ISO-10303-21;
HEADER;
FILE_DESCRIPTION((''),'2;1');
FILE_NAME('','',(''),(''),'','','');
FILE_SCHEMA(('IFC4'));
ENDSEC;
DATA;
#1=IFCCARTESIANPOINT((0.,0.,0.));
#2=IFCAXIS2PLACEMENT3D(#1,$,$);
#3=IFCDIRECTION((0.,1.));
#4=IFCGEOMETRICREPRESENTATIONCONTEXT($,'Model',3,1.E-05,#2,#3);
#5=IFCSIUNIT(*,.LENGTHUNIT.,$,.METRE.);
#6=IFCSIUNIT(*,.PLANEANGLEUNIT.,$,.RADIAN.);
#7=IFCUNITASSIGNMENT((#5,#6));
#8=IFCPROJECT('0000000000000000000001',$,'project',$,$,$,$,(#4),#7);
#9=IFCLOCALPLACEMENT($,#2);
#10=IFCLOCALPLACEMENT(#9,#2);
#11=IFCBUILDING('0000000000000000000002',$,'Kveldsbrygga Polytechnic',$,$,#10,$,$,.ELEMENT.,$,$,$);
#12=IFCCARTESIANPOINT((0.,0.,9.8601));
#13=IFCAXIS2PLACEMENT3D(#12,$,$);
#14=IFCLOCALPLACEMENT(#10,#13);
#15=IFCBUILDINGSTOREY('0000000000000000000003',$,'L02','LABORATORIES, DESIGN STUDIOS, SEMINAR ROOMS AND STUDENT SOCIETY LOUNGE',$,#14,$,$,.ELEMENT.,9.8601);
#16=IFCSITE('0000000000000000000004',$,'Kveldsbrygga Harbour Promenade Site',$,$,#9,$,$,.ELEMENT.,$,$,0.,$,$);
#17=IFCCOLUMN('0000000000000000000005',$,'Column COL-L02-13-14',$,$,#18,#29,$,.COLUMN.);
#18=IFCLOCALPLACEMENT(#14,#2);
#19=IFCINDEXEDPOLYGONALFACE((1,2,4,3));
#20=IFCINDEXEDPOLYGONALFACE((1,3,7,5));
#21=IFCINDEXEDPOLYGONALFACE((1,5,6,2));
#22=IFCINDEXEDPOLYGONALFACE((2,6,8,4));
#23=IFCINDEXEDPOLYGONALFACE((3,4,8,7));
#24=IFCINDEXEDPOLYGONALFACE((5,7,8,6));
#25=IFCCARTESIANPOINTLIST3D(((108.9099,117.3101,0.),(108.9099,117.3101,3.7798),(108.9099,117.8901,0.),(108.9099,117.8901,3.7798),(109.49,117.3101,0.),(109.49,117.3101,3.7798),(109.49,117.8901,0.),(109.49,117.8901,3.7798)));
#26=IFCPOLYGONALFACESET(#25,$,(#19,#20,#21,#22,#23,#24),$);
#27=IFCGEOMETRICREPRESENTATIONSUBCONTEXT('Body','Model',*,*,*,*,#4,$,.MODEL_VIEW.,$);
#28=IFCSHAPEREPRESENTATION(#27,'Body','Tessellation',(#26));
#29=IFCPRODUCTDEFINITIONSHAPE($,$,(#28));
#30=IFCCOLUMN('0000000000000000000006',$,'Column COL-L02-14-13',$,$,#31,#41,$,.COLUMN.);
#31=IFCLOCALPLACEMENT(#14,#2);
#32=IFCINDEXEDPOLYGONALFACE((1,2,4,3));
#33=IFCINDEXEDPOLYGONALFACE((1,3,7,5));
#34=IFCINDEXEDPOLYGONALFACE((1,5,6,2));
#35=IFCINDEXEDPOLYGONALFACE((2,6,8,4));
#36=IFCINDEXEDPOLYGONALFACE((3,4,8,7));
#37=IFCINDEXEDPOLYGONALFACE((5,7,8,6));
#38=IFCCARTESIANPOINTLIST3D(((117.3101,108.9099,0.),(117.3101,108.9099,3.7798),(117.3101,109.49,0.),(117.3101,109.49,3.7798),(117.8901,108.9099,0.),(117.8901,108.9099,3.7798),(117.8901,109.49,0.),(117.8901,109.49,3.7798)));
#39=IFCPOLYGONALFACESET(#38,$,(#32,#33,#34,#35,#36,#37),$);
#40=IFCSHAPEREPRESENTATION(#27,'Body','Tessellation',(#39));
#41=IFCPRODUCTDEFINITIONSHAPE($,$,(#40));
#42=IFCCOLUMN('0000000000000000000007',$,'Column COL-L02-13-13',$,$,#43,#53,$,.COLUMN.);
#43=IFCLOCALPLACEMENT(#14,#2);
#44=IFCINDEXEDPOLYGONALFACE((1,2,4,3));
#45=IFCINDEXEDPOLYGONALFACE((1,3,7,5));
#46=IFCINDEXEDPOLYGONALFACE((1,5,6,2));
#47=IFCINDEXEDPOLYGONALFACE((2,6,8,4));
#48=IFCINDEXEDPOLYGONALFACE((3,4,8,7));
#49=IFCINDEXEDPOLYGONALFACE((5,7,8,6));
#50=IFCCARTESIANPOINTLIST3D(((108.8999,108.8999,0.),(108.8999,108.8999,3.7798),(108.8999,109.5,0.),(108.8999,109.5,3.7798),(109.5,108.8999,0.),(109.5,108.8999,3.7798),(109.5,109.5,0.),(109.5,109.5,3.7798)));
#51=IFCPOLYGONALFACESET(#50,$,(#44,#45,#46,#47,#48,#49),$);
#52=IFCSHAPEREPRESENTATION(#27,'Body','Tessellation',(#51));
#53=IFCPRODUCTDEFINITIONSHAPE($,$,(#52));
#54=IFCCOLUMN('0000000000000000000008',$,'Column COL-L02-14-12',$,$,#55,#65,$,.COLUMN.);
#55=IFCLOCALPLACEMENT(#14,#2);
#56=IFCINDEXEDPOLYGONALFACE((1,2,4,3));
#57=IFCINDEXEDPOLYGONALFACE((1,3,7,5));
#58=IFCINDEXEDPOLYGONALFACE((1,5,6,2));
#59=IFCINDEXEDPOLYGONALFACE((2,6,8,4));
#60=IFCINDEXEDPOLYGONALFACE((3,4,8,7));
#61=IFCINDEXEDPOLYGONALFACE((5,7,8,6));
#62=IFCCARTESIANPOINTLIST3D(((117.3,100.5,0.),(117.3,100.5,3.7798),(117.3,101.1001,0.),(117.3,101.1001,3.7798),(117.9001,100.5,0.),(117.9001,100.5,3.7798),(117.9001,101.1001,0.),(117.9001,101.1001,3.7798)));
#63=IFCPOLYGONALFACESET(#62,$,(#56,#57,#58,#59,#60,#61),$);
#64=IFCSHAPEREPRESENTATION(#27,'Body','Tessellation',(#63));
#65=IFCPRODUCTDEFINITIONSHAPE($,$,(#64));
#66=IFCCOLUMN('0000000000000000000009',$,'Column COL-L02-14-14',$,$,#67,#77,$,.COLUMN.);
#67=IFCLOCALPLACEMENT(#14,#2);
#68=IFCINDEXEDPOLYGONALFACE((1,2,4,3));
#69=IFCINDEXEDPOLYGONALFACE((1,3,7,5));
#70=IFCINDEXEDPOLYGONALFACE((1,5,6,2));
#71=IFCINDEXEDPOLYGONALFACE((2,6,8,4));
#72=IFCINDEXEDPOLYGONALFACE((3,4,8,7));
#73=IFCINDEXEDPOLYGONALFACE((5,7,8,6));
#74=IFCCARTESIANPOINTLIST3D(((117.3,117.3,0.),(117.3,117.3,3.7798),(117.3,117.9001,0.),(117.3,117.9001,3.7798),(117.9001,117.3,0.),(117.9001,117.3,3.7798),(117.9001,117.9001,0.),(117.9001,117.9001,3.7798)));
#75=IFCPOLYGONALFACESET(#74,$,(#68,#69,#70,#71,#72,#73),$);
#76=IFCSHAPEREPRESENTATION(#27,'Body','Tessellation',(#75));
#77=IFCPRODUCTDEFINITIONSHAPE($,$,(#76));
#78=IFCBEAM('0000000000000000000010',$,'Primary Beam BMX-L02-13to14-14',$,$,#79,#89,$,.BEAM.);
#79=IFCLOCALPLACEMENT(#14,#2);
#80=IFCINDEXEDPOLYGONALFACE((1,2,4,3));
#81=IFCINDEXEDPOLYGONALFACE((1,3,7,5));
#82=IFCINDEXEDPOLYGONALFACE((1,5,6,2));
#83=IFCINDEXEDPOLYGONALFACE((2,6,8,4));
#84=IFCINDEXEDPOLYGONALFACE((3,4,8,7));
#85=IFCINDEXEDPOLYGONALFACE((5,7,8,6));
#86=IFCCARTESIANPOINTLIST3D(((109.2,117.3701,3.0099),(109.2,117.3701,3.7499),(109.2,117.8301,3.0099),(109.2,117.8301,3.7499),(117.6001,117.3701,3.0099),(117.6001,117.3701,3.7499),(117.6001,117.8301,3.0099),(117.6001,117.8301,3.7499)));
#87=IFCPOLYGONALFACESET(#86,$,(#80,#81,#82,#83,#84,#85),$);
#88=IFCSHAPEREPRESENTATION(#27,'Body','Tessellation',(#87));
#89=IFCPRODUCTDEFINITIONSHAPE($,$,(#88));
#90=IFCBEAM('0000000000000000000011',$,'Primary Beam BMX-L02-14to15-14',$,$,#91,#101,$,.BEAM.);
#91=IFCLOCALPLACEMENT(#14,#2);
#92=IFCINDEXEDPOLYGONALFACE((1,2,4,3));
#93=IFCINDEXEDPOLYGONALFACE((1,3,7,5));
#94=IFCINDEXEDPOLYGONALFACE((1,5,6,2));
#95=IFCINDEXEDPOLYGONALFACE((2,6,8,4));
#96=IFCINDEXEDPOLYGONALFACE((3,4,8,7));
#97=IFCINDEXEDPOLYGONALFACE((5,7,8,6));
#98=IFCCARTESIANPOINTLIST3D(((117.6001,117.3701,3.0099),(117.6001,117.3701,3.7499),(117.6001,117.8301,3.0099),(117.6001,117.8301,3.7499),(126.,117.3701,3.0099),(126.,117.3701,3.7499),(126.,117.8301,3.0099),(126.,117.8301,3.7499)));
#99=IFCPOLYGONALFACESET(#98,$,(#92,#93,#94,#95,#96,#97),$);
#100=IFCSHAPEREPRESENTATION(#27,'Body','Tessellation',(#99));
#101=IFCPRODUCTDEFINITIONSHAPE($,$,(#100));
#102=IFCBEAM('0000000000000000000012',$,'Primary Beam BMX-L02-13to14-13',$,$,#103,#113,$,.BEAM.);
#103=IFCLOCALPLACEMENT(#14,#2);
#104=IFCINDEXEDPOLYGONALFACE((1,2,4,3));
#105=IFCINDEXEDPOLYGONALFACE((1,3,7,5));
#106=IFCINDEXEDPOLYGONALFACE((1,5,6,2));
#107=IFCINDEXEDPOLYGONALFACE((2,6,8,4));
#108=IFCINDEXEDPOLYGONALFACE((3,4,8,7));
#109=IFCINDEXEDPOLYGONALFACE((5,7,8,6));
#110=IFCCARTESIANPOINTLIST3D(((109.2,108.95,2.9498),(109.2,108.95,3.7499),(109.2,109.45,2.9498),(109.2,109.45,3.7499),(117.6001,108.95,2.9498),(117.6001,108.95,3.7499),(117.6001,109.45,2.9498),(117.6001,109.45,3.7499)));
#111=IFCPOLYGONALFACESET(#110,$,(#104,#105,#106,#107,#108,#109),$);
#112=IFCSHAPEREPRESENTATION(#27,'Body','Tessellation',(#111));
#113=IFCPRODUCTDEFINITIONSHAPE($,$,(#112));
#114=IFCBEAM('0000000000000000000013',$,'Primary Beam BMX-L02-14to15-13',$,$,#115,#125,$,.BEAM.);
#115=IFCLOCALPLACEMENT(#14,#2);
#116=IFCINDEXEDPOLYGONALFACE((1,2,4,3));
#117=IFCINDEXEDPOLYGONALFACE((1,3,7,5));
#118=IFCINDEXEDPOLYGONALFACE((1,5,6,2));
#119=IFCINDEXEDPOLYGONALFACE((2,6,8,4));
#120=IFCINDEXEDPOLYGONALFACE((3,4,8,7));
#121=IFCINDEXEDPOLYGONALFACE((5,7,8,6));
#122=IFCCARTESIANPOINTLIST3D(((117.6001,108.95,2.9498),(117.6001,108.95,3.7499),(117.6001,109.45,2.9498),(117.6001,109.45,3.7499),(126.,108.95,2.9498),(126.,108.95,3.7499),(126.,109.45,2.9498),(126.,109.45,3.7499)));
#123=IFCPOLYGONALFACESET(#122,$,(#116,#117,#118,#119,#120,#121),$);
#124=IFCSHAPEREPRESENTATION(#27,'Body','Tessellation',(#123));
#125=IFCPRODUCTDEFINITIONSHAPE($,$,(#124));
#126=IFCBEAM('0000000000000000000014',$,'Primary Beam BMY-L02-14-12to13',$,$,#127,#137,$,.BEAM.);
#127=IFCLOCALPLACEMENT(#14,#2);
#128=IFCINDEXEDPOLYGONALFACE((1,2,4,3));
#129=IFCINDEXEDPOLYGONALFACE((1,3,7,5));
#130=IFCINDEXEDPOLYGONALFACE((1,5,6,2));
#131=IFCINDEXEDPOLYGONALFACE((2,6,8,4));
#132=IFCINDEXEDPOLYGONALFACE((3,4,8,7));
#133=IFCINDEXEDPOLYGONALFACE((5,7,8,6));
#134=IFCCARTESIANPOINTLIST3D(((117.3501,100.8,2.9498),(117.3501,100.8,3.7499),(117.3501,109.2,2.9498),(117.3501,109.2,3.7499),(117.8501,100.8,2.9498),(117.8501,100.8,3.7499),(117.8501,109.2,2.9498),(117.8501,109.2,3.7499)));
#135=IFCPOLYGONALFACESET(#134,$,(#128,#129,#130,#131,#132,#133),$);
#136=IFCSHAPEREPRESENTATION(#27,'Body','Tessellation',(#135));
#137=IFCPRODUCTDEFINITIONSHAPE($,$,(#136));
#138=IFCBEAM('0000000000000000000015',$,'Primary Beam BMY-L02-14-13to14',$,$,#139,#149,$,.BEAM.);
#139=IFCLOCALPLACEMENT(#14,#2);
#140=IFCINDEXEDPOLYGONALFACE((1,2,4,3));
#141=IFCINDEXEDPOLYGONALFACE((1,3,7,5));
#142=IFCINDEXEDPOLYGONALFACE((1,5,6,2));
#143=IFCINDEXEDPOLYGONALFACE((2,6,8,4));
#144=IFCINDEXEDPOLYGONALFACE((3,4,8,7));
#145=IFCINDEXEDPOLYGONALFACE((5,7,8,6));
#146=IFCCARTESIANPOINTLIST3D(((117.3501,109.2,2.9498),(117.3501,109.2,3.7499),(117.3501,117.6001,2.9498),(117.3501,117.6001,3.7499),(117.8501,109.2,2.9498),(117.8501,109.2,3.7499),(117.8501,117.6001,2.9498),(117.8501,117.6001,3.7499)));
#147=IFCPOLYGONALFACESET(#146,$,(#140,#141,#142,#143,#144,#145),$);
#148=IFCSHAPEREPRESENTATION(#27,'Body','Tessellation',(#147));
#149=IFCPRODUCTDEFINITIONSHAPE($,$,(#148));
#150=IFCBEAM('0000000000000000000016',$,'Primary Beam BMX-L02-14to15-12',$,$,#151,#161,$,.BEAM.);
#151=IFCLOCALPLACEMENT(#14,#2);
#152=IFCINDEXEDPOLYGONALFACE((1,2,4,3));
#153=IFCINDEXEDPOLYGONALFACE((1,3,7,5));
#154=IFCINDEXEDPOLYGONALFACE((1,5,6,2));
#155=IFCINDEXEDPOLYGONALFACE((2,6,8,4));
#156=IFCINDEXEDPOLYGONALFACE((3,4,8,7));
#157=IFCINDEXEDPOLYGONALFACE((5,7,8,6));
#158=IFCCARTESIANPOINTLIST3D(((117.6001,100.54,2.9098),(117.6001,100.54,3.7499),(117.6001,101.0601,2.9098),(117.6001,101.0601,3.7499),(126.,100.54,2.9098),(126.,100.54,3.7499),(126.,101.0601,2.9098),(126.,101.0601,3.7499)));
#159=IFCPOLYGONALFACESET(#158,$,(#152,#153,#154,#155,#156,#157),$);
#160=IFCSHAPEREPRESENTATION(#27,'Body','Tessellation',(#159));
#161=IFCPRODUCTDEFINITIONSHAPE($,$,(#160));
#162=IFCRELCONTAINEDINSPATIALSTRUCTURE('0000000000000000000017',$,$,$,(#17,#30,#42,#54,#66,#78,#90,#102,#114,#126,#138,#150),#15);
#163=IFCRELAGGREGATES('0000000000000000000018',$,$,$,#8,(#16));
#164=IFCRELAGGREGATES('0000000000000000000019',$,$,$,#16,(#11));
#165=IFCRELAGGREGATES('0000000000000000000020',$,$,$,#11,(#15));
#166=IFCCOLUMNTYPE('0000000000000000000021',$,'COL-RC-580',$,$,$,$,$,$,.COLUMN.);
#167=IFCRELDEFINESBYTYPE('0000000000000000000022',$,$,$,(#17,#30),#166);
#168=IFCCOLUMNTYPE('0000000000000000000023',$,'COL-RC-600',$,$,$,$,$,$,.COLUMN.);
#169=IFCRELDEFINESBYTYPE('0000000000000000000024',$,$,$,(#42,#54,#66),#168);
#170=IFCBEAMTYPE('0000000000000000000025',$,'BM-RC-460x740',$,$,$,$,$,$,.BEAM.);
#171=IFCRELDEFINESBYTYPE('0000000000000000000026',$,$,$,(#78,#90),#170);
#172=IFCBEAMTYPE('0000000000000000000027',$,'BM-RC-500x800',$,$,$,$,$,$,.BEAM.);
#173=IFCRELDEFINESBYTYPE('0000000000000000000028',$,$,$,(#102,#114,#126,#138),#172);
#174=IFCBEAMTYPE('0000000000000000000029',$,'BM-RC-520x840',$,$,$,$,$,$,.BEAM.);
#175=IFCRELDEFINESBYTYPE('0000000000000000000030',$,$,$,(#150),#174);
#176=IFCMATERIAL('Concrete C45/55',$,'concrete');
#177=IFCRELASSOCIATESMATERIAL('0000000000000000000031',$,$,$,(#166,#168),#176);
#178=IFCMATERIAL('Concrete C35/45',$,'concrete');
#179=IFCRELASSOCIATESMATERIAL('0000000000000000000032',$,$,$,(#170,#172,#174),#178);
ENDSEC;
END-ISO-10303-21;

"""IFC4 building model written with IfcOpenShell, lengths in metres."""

from ifc_helpers import new_model, si_unit, direction, frame, origin, origin_2d, place, context, subcontext, project, spatial, rectangle, extrude, material, material_profile, profile_set, type_object, element, save


model = new_model("IFC4")

# Units and contexts
model_context = context("Model", 3, precision=1e-05, world=origin(), true_north=direction((0.0, 1.0)))
body_context = subcontext(model_context, "Body", "Model", "MODEL_VIEW")
ifc_project = project(units=[si_unit("LENGTHUNIT", "METRE"), si_unit("PLANEANGLEUNIT", "RADIAN")], contexts=[model_context])

# Site, building, storey
site_placement = place(None, origin())
site = spatial("IfcSite", under=ifc_project, at=site_placement, Name="Kveldsbrygga Harbour Promenade Site", CompositionType="ELEMENT", RefElevation=0.0)
building_placement = place(site_placement, origin())
building = spatial("IfcBuilding", under=site, at=building_placement, Name="Kveldsbrygga Polytechnic", CompositionType="ELEMENT")
storey_placement = place(building_placement, frame((0.0, 0.0, 9.8601)))
storey = spatial("IfcBuildingStorey", under=building, at=storey_placement, Name="L02", Description="LABORATORIES, DESIGN STUDIOS, SEMINAR ROOMS AND STUDENT SOCIETY LOUNGE", CompositionType="ELEMENT", Elevation=9.8601)

# Columns
ifc_material_1 = material(Name="Concrete C45/55", Category="concrete")
ifc_material_profile_1 = material_profile(ifc_material_1, rectangle(XDim=0.5801, YDim=0.5801, at=origin_2d()), Name="RC 580x580")
ifc_profile_set_1 = profile_set([ifc_material_profile_1], Name="Concrete C45/55")
column_type_1 = type_object("IfcColumnType", Name="COL-RC-580", PredefinedType="COLUMN", material=ifc_profile_set_1)
for number, where, z_axis, x_axis, name in (
    (1, (109.2, 117.6001, 0.0), (0.0, 0.0, 1.0), (1.0, 0.0, 0.0), "Column COL-L02-13-14"),
    (2, (117.6001, 109.2, 0.0), (0.0, 0.0, 1.0), (1.0, 0.0, 0.0), "Column COL-L02-14-13"),
):
    element("IfcColumn", number, at=place(storey_placement, frame(where, z_axis=z_axis, x_axis=x_axis)), inside=storey, type_object=column_type_1, Name=name, PredefinedType="COLUMN", context=body_context, shape_type="SweptSolid", body=[
        extrude(rectangle(XDim=0.5801, YDim=0.5801, at=origin_2d()), origin(), (0.0, 0.0, 1.0), 3.7798),
    ])
ifc_material_profile_2 = material_profile(ifc_material_1, rectangle(XDim=0.6001, YDim=0.6001, at=origin_2d()), Name="RC 600x600")
ifc_profile_set_2 = profile_set([ifc_material_profile_2], Name="Concrete C45/55")
column_type_2 = type_object("IfcColumnType", Name="COL-RC-600", PredefinedType="COLUMN", material=ifc_profile_set_2)
for number, where, z_axis, x_axis, name in (
    (3, (109.2, 109.2, 0.0), (0.0, 0.0, 1.0), (1.0, 0.0, 0.0), "Column COL-L02-13-13"),
    (4, (117.6001, 100.8, 0.0), (0.0, 0.0, 1.0), (1.0, 0.0, 0.0), "Column COL-L02-14-12"),
    (5, (117.6001, 117.6001, 0.0), (0.0, 0.0, 1.0), (1.0, 0.0, 0.0), "Column COL-L02-14-14"),
):
    element("IfcColumn", number, at=place(storey_placement, frame(where, z_axis=z_axis, x_axis=x_axis)), inside=storey, type_object=column_type_2, Name=name, PredefinedType="COLUMN", context=body_context, shape_type="SweptSolid", body=[
        extrude(rectangle(XDim=0.6001, YDim=0.6001, at=origin_2d()), origin(), (0.0, 0.0, 1.0), 3.7798),
    ])

# Beams
ifc_material_2 = material(Name="Concrete C35/45", Category="concrete")
ifc_material_profile_3 = material_profile(ifc_material_2, rectangle(XDim=0.46, YDim=0.74, at=origin_2d()), Name="RC 460x740")
ifc_profile_set_3 = profile_set([ifc_material_profile_3], Name="Concrete C35/45")
beam_type_1 = type_object("IfcBeamType", Name="BM-RC-460x740", PredefinedType="BEAM", material=ifc_profile_set_3)
beam_1_placement = place(storey_placement, frame((109.2, 117.6001, 3.3799), z_axis=(1.0, 0.0, 0.0), x_axis=(0.0, 1.0, 0.0)))
element("IfcBeam", 6, at=beam_1_placement, inside=storey, type_object=beam_type_1, Name="Primary Beam BMX-L02-13to14-14", PredefinedType="BEAM", context=body_context, shape_type="SweptSolid", body=[
    extrude(rectangle(XDim=0.46, YDim=0.74, at=origin_2d()), origin(), (0.0, 0.0, 1.0), 8.4001),
])
beam_2_placement = place(storey_placement, frame((117.6001, 117.6001, 3.3799), z_axis=(1.0, 0.0, 0.0), x_axis=(0.0, 1.0, 0.0)))
element("IfcBeam", 7, at=beam_2_placement, inside=storey, type_object=beam_type_1, Name="Primary Beam BMX-L02-14to15-14", PredefinedType="BEAM", context=body_context, shape_type="SweptSolid", body=[
    extrude(rectangle(XDim=0.46, YDim=0.74, at=origin_2d()), origin(), (0.0, 0.0, 1.0), 8.3999),
])
ifc_material_profile_4 = material_profile(ifc_material_2, rectangle(XDim=0.5, YDim=0.8, at=origin_2d()), Name="RC 500x800")
ifc_profile_set_4 = profile_set([ifc_material_profile_4], Name="Concrete C35/45")
beam_type_2 = type_object("IfcBeamType", Name="BM-RC-500x800", PredefinedType="BEAM", material=ifc_profile_set_4)
beam_3_placement = place(storey_placement, frame((109.2, 109.2, 3.3499), z_axis=(1.0, 0.0, 0.0), x_axis=(0.0, 1.0, 0.0)))
element("IfcBeam", 8, at=beam_3_placement, inside=storey, type_object=beam_type_2, Name="Primary Beam BMX-L02-13to14-13", PredefinedType="BEAM", context=body_context, shape_type="SweptSolid", body=[
    extrude(rectangle(XDim=0.5, YDim=0.8, at=origin_2d()), origin(), (0.0, 0.0, 1.0), 8.4001),
])
for number, where, z_axis, x_axis, name in (
    (9, (117.6001, 109.2, 3.3499), (1.0, 0.0, 0.0), (0.0, 1.0, 0.0), "Primary Beam BMX-L02-14to15-13"),
    (10, (117.6001, 100.8, 3.3499), (0.0, 1.0, 0.0), (-1.0, 0.0, 0.0), "Primary Beam BMY-L02-14-12to13"),
):
    element("IfcBeam", number, at=place(storey_placement, frame(where, z_axis=z_axis, x_axis=x_axis)), inside=storey, type_object=beam_type_2, Name=name, PredefinedType="BEAM", context=body_context, shape_type="SweptSolid", body=[
        extrude(rectangle(XDim=0.5, YDim=0.8, at=origin_2d()), origin(), (0.0, 0.0, 1.0), 8.3999),
    ])
beam_4_placement = place(storey_placement, frame((117.6001, 109.2, 3.3499), z_axis=(0.0, 1.0, 0.0), x_axis=(-1.0, 0.0, 0.0)))
element("IfcBeam", 11, at=beam_4_placement, inside=storey, type_object=beam_type_2, Name="Primary Beam BMY-L02-14-13to14", PredefinedType="BEAM", context=body_context, shape_type="SweptSolid", body=[
    extrude(rectangle(XDim=0.5, YDim=0.8, at=origin_2d()), origin(), (0.0, 0.0, 1.0), 8.4001),
])
ifc_material_profile_5 = material_profile(ifc_material_2, rectangle(XDim=0.52, YDim=0.8401, at=origin_2d()), Name="RC 520x840")
ifc_profile_set_5 = profile_set([ifc_material_profile_5], Name="Concrete C35/45")
beam_type_3 = type_object("IfcBeamType", Name="BM-RC-520x840", PredefinedType="BEAM", material=ifc_profile_set_5)
beam_5_placement = place(storey_placement, frame((117.6001, 100.8, 3.3298), z_axis=(1.0, 0.0, 0.0), x_axis=(0.0, 1.0, 0.0)))
element("IfcBeam", 12, at=beam_5_placement, inside=storey, type_object=beam_type_3, Name="Primary Beam BMX-L02-14to15-12", PredefinedType="BEAM", context=body_context, shape_type="SweptSolid", body=[
    extrude(rectangle(XDim=0.52, YDim=0.8401, at=origin_2d()), origin(), (0.0, 0.0, 1.0), 8.3999),
])

save(model, "model.ifc")
